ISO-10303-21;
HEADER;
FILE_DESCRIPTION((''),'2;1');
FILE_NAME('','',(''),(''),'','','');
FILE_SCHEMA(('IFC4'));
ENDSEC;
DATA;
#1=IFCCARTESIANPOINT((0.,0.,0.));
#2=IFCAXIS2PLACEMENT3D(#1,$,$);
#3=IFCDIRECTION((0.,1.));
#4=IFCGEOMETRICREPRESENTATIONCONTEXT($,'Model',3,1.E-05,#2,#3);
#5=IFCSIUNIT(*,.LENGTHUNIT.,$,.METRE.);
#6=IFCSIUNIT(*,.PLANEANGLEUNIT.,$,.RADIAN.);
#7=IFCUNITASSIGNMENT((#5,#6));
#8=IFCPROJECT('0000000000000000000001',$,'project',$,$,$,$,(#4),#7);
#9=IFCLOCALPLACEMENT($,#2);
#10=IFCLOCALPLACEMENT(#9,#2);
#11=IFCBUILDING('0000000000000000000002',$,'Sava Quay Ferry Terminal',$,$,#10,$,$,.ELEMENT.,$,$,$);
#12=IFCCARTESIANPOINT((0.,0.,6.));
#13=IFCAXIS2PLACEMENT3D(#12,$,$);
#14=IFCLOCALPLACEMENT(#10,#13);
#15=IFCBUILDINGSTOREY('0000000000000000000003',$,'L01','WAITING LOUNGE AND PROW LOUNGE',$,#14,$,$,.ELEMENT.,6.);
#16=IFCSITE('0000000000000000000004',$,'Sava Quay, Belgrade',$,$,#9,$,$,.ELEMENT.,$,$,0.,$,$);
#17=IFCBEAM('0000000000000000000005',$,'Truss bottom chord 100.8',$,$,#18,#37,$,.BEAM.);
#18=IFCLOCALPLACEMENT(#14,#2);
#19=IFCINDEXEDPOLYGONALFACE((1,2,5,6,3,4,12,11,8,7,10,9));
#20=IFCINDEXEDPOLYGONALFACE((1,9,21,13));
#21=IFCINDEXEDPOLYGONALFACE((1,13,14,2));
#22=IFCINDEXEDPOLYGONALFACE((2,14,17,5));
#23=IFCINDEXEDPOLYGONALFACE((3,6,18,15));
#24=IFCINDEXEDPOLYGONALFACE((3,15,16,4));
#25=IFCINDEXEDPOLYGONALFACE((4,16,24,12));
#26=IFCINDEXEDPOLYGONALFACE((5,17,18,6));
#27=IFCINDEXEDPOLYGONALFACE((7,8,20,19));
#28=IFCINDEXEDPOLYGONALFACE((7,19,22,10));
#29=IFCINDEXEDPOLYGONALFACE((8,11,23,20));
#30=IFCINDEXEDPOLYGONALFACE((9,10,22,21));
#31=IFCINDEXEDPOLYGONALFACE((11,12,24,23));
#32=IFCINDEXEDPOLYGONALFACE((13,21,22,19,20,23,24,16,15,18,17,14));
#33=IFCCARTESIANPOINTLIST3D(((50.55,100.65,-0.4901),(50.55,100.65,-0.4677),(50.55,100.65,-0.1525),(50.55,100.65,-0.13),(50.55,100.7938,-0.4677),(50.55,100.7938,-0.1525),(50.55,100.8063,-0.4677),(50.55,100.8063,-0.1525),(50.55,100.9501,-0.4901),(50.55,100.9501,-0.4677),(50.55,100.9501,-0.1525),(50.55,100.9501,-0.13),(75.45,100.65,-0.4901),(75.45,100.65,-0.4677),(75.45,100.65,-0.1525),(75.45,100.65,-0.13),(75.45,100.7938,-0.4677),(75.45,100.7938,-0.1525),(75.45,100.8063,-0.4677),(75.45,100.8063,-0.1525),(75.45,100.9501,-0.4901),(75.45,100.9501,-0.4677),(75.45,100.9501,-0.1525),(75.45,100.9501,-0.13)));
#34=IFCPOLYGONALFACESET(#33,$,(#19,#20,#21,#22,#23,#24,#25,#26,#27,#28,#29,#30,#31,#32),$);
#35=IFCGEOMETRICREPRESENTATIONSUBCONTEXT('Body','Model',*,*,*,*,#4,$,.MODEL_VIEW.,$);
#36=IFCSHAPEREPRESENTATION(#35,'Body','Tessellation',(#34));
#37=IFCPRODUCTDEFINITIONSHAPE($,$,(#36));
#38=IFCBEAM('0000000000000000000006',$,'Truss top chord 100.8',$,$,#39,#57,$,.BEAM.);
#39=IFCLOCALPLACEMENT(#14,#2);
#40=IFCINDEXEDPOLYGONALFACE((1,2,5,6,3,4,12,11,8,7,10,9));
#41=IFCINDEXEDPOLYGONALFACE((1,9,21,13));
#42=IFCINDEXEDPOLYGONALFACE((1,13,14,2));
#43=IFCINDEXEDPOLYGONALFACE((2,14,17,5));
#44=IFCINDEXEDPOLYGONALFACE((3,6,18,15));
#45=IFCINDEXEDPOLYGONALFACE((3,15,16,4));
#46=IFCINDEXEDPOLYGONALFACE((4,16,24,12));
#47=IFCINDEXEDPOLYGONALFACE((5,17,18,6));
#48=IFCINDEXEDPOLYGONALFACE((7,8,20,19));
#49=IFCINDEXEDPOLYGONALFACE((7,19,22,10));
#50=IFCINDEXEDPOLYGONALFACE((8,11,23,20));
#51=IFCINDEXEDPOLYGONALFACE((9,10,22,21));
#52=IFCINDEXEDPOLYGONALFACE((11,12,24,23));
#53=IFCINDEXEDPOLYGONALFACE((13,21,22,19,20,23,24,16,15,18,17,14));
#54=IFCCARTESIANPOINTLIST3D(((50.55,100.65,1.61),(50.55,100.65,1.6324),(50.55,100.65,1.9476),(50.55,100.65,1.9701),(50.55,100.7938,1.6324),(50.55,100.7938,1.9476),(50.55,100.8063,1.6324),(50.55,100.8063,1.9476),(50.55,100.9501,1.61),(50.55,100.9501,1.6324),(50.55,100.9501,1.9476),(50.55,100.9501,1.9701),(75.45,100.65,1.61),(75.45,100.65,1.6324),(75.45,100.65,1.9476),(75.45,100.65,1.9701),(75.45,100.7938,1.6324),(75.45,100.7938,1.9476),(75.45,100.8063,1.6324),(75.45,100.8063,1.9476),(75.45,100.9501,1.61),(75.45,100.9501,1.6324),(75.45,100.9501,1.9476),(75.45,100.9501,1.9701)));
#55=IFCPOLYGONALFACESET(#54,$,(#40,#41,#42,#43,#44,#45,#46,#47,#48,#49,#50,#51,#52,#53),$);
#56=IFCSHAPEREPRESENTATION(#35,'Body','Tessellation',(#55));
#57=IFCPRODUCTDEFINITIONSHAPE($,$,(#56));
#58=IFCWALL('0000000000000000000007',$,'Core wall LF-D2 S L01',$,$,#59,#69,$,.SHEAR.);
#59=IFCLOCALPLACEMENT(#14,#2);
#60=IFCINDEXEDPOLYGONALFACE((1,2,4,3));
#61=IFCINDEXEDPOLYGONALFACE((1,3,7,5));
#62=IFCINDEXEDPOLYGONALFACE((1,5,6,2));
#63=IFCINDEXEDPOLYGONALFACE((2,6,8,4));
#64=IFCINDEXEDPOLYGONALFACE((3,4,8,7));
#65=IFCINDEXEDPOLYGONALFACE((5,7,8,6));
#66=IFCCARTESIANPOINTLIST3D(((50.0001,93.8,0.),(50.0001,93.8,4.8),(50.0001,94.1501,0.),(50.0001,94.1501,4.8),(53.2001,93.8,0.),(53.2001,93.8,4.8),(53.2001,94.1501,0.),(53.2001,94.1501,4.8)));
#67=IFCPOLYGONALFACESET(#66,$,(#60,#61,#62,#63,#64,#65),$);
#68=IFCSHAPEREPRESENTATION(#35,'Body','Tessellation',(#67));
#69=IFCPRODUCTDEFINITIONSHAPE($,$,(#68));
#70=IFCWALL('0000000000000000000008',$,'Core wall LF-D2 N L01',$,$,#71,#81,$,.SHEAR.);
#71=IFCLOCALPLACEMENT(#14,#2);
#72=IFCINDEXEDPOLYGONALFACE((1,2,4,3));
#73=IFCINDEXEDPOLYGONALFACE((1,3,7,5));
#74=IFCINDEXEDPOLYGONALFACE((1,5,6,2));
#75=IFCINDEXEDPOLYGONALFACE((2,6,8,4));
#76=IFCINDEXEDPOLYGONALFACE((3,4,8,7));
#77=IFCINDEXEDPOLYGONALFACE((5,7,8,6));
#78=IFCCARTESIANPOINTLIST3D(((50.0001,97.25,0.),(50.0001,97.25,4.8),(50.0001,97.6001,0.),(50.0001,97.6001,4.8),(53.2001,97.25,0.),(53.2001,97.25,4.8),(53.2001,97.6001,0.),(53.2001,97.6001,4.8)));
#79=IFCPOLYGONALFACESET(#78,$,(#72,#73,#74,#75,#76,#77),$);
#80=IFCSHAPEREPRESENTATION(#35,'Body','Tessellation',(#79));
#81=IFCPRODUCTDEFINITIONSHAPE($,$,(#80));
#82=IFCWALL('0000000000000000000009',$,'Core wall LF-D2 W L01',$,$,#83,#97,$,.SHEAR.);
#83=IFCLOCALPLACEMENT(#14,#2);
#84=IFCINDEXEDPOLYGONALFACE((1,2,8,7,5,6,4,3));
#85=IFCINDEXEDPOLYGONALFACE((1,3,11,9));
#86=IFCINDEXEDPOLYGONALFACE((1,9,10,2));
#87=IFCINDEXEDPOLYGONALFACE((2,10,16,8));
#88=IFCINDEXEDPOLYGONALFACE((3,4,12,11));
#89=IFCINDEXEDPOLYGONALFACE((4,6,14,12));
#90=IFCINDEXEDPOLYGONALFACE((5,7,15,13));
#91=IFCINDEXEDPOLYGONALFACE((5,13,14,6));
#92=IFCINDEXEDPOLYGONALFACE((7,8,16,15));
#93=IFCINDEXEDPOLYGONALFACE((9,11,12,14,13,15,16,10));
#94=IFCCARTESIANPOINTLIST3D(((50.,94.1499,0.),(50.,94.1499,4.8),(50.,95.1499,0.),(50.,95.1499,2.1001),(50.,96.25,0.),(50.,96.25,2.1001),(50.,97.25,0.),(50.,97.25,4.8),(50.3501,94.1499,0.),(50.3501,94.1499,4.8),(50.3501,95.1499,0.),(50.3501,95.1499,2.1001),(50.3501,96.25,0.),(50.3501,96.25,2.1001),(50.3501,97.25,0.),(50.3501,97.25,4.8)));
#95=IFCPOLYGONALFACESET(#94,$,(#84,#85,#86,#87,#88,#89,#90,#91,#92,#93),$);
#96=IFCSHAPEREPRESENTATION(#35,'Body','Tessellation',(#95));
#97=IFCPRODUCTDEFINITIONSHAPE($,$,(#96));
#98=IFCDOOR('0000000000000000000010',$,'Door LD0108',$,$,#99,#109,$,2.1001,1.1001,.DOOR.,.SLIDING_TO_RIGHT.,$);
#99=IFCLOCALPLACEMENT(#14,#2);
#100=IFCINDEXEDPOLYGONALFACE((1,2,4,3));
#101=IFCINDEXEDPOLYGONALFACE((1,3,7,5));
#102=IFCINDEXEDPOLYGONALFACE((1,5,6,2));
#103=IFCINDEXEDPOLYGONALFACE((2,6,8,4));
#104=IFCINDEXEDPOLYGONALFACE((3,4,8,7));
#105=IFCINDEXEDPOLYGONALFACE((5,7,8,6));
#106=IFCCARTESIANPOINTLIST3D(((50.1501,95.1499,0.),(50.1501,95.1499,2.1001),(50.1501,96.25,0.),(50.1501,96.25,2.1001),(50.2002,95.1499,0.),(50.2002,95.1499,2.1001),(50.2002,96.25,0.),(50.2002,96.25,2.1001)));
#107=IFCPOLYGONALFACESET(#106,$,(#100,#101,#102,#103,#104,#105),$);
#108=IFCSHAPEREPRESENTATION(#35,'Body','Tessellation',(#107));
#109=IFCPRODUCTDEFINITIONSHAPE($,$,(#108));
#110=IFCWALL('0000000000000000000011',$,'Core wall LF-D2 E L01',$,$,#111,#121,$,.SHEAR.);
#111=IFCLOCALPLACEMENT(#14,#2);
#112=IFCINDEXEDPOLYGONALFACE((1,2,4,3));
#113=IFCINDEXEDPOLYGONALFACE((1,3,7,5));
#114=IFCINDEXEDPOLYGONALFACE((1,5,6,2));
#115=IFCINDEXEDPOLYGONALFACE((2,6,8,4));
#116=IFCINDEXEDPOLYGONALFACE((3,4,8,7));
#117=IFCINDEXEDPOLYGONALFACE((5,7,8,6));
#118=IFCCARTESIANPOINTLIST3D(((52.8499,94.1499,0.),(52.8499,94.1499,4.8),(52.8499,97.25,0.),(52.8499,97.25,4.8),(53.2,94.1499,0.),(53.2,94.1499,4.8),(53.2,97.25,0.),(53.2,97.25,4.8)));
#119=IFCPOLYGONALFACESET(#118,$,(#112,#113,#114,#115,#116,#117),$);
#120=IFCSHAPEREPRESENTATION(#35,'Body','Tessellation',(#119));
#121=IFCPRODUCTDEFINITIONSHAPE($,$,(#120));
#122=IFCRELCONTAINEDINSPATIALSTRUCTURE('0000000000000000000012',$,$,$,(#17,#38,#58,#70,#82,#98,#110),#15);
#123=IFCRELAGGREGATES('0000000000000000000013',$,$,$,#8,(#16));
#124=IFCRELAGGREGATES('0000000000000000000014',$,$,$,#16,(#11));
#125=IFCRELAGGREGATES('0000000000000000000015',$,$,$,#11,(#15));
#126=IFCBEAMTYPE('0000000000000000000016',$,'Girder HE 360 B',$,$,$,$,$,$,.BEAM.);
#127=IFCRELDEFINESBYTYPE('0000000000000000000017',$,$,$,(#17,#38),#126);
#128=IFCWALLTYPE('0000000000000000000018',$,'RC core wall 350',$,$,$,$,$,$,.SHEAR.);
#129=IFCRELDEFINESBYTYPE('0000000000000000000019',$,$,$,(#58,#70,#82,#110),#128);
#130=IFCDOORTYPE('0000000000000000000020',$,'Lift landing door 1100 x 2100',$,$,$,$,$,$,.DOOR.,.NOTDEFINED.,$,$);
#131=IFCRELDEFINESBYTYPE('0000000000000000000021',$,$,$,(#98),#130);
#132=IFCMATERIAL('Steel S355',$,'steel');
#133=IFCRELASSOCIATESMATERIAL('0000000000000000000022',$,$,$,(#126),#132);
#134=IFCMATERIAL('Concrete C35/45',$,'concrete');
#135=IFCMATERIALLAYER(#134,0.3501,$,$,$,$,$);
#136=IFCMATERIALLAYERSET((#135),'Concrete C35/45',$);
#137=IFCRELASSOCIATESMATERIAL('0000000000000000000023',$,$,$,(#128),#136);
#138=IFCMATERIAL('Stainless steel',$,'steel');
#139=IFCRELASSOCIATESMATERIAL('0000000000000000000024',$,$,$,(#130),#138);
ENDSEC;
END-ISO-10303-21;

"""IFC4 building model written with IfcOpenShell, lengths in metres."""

from ifc_helpers import new_model, si_unit, direction, frame, frame_2d, origin, origin_2d, place, context, subcontext, project, spatial, rectangle, i_section, extrude, material, layer, layer_set, material_profile, profile_set, type_object, element, fill, save


model = new_model("IFC4")

# Units and contexts
model_context = context("Model", 3, precision=1e-05, world=origin(), true_north=direction((0.0, 1.0)))
body_context = subcontext(model_context, "Body", "Model", "MODEL_VIEW")
ifc_project = project(units=[si_unit("LENGTHUNIT", "METRE"), si_unit("PLANEANGLEUNIT", "RADIAN")], contexts=[model_context])

# Site, building, storey
site_placement = place(None, origin())
site = spatial("IfcSite", under=ifc_project, at=site_placement, Name="Sava Quay, Belgrade", CompositionType="ELEMENT", RefElevation=0.0)
building_placement = place(site_placement, origin())
building = spatial("IfcBuilding", under=site, at=building_placement, Name="Sava Quay Ferry Terminal", CompositionType="ELEMENT")
storey_placement = place(building_placement, frame((0.0, 0.0, 6.0)))
storey = spatial("IfcBuildingStorey", under=building, at=storey_placement, Name="L01", Description="WAITING LOUNGE AND PROW LOUNGE", CompositionType="ELEMENT", Elevation=6.0)

# Beams
ifc_material_1 = material(Name="Steel S355", Category="steel")
ifc_material_profile_1 = material_profile(ifc_material_1, i_section(OverallWidth=0.3, OverallDepth=0.3601, WebThickness=0.0125, FlangeThickness=0.0225, at=origin_2d()), Name="HE 360 B")
ifc_profile_set_1 = profile_set([ifc_material_profile_1], Name="Steel S355")
beam_type_1 = type_object("IfcBeamType", Name="Girder HE 360 B", PredefinedType="BEAM", material=ifc_profile_set_1)
for number, where, z_axis, x_axis, name in (
    (1, (50.55, 100.8, -0.3101), (1.0, 0.0, 0.0), (0.0, 1.0, 0.0), "Truss bottom chord 100.8"),
    (2, (50.55, 100.8, 1.79), (1.0, 0.0, 0.0), (0.0, 1.0, 0.0), "Truss top chord 100.8"),
):
    element("IfcBeam", number, at=place(storey_placement, frame(where, z_axis=z_axis, x_axis=x_axis)), inside=storey, type_object=beam_type_1, Name=name, PredefinedType="BEAM", context=body_context, shape_type="SweptSolid", body=[
        extrude(i_section(OverallWidth=0.3, OverallDepth=0.3601, WebThickness=0.0125, FlangeThickness=0.0225, at=origin_2d()), origin(), (0.0, 0.0, 1.0), 24.8999),
    ])

# Walls
ifc_material_2 = material(Name="Concrete C35/45", Category="concrete")
ifc_layer = layer(ifc_material_2, 0.3501)
ifc_layer_set = layer_set([ifc_layer], Name="Concrete C35/45")
wall_type = type_object("IfcWallType", Name="RC core wall 350", PredefinedType="SHEAR", material=ifc_layer_set)
for number, where, z_axis, x_axis, name in (
    (3, (50.0, 93.9751, 0.0), (0.0, 0.0, 1.0), (1.0, 0.0, 0.0), "Core wall LF-D2 S L01"),
    (4, (50.0, 97.425, 0.0), (0.0, 0.0, 1.0), (1.0, 0.0, 0.0), "Core wall LF-D2 N L01"),
):
    element("IfcWall", number, at=place(storey_placement, frame(where, z_axis=z_axis, x_axis=x_axis)), inside=storey, type_object=wall_type, Name=name, PredefinedType="SHEAR", context=body_context, shape_type="SweptSolid", body=[
        extrude(rectangle(XDim=3.2, YDim=0.3501, at=frame_2d((1.6001, 0.0))), origin(), (0.0, 0.0, 1.0), 4.8),
    ])

# Wall, opening, door
wall_1_placement = place(storey_placement, frame((50.175, 94.1499, 0.0), z_axis=(0.0, 0.0, 1.0), x_axis=(0.0, 1.0, 0.0)))
wall_1 = element("IfcWall", 5, at=wall_1_placement, inside=storey, type_object=wall_type, Name="Core wall LF-D2 W L01", PredefinedType="SHEAR", context=body_context, shape_type="SweptSolid", body=[
    extrude(rectangle(XDim=3.1001, YDim=0.3501, at=frame_2d((1.55, 0.0))), origin(), (0.0, 0.0, 1.0), 4.8),
])
opening_placement = place(wall_1_placement, frame((1.0, 0.0, 0.0)))
opening = element("IfcOpeningElement", 6, at=opening_placement, cuts=wall_1, PredefinedType="OPENING", context=body_context, shape_type="SweptSolid", body=[
    extrude(rectangle(XDim=1.1001, YDim=2.1001, at=frame_2d((0.55, 1.05))), frame((0.0, 0.175, 0.0), z_axis=(0.0, -1.0, 0.0), x_axis=(1.0, 0.0, 0.0)), (0.0, 0.0, 1.0), 0.3501),
])
ifc_material_3 = material(Name="Stainless steel", Category="steel")
door_type = type_object("IfcDoorType", Name="Lift landing door 1100 x 2100", OperationType="NOTDEFINED", PredefinedType="DOOR", material=ifc_material_3)
door_placement = place(opening_placement, origin())
door = element("IfcDoor", 7, at=door_placement, inside=storey, type_object=door_type, Name="Door LD0108", OperationType="SLIDING_TO_RIGHT", OverallHeight=2.1001, OverallWidth=1.1001, PredefinedType="DOOR", context=body_context, shape_type="SweptSolid", body=[
    extrude(rectangle(XDim=1.1001, YDim=2.1001, at=frame_2d((0.55, 1.05))), frame((0.0, 0.0249, 0.0), z_axis=(0.0, -1.0, 0.0), x_axis=(1.0, 0.0, 0.0)), (0.0, 0.0, 1.0), 0.05),
])
fill(opening, door)

# Wall
wall_2_placement = place(storey_placement, frame((53.0249, 94.1499, 0.0), z_axis=(0.0, 0.0, 1.0), x_axis=(0.0, 1.0, 0.0)))
element("IfcWall", 8, at=wall_2_placement, inside=storey, type_object=wall_type, Name="Core wall LF-D2 E L01", PredefinedType="SHEAR", context=body_context, shape_type="SweptSolid", body=[
    extrude(rectangle(XDim=3.1001, YDim=0.3501, at=frame_2d((1.55, 0.0))), origin(), (0.0, 0.0, 1.0), 4.8),
])

save(model, "model.ifc")
